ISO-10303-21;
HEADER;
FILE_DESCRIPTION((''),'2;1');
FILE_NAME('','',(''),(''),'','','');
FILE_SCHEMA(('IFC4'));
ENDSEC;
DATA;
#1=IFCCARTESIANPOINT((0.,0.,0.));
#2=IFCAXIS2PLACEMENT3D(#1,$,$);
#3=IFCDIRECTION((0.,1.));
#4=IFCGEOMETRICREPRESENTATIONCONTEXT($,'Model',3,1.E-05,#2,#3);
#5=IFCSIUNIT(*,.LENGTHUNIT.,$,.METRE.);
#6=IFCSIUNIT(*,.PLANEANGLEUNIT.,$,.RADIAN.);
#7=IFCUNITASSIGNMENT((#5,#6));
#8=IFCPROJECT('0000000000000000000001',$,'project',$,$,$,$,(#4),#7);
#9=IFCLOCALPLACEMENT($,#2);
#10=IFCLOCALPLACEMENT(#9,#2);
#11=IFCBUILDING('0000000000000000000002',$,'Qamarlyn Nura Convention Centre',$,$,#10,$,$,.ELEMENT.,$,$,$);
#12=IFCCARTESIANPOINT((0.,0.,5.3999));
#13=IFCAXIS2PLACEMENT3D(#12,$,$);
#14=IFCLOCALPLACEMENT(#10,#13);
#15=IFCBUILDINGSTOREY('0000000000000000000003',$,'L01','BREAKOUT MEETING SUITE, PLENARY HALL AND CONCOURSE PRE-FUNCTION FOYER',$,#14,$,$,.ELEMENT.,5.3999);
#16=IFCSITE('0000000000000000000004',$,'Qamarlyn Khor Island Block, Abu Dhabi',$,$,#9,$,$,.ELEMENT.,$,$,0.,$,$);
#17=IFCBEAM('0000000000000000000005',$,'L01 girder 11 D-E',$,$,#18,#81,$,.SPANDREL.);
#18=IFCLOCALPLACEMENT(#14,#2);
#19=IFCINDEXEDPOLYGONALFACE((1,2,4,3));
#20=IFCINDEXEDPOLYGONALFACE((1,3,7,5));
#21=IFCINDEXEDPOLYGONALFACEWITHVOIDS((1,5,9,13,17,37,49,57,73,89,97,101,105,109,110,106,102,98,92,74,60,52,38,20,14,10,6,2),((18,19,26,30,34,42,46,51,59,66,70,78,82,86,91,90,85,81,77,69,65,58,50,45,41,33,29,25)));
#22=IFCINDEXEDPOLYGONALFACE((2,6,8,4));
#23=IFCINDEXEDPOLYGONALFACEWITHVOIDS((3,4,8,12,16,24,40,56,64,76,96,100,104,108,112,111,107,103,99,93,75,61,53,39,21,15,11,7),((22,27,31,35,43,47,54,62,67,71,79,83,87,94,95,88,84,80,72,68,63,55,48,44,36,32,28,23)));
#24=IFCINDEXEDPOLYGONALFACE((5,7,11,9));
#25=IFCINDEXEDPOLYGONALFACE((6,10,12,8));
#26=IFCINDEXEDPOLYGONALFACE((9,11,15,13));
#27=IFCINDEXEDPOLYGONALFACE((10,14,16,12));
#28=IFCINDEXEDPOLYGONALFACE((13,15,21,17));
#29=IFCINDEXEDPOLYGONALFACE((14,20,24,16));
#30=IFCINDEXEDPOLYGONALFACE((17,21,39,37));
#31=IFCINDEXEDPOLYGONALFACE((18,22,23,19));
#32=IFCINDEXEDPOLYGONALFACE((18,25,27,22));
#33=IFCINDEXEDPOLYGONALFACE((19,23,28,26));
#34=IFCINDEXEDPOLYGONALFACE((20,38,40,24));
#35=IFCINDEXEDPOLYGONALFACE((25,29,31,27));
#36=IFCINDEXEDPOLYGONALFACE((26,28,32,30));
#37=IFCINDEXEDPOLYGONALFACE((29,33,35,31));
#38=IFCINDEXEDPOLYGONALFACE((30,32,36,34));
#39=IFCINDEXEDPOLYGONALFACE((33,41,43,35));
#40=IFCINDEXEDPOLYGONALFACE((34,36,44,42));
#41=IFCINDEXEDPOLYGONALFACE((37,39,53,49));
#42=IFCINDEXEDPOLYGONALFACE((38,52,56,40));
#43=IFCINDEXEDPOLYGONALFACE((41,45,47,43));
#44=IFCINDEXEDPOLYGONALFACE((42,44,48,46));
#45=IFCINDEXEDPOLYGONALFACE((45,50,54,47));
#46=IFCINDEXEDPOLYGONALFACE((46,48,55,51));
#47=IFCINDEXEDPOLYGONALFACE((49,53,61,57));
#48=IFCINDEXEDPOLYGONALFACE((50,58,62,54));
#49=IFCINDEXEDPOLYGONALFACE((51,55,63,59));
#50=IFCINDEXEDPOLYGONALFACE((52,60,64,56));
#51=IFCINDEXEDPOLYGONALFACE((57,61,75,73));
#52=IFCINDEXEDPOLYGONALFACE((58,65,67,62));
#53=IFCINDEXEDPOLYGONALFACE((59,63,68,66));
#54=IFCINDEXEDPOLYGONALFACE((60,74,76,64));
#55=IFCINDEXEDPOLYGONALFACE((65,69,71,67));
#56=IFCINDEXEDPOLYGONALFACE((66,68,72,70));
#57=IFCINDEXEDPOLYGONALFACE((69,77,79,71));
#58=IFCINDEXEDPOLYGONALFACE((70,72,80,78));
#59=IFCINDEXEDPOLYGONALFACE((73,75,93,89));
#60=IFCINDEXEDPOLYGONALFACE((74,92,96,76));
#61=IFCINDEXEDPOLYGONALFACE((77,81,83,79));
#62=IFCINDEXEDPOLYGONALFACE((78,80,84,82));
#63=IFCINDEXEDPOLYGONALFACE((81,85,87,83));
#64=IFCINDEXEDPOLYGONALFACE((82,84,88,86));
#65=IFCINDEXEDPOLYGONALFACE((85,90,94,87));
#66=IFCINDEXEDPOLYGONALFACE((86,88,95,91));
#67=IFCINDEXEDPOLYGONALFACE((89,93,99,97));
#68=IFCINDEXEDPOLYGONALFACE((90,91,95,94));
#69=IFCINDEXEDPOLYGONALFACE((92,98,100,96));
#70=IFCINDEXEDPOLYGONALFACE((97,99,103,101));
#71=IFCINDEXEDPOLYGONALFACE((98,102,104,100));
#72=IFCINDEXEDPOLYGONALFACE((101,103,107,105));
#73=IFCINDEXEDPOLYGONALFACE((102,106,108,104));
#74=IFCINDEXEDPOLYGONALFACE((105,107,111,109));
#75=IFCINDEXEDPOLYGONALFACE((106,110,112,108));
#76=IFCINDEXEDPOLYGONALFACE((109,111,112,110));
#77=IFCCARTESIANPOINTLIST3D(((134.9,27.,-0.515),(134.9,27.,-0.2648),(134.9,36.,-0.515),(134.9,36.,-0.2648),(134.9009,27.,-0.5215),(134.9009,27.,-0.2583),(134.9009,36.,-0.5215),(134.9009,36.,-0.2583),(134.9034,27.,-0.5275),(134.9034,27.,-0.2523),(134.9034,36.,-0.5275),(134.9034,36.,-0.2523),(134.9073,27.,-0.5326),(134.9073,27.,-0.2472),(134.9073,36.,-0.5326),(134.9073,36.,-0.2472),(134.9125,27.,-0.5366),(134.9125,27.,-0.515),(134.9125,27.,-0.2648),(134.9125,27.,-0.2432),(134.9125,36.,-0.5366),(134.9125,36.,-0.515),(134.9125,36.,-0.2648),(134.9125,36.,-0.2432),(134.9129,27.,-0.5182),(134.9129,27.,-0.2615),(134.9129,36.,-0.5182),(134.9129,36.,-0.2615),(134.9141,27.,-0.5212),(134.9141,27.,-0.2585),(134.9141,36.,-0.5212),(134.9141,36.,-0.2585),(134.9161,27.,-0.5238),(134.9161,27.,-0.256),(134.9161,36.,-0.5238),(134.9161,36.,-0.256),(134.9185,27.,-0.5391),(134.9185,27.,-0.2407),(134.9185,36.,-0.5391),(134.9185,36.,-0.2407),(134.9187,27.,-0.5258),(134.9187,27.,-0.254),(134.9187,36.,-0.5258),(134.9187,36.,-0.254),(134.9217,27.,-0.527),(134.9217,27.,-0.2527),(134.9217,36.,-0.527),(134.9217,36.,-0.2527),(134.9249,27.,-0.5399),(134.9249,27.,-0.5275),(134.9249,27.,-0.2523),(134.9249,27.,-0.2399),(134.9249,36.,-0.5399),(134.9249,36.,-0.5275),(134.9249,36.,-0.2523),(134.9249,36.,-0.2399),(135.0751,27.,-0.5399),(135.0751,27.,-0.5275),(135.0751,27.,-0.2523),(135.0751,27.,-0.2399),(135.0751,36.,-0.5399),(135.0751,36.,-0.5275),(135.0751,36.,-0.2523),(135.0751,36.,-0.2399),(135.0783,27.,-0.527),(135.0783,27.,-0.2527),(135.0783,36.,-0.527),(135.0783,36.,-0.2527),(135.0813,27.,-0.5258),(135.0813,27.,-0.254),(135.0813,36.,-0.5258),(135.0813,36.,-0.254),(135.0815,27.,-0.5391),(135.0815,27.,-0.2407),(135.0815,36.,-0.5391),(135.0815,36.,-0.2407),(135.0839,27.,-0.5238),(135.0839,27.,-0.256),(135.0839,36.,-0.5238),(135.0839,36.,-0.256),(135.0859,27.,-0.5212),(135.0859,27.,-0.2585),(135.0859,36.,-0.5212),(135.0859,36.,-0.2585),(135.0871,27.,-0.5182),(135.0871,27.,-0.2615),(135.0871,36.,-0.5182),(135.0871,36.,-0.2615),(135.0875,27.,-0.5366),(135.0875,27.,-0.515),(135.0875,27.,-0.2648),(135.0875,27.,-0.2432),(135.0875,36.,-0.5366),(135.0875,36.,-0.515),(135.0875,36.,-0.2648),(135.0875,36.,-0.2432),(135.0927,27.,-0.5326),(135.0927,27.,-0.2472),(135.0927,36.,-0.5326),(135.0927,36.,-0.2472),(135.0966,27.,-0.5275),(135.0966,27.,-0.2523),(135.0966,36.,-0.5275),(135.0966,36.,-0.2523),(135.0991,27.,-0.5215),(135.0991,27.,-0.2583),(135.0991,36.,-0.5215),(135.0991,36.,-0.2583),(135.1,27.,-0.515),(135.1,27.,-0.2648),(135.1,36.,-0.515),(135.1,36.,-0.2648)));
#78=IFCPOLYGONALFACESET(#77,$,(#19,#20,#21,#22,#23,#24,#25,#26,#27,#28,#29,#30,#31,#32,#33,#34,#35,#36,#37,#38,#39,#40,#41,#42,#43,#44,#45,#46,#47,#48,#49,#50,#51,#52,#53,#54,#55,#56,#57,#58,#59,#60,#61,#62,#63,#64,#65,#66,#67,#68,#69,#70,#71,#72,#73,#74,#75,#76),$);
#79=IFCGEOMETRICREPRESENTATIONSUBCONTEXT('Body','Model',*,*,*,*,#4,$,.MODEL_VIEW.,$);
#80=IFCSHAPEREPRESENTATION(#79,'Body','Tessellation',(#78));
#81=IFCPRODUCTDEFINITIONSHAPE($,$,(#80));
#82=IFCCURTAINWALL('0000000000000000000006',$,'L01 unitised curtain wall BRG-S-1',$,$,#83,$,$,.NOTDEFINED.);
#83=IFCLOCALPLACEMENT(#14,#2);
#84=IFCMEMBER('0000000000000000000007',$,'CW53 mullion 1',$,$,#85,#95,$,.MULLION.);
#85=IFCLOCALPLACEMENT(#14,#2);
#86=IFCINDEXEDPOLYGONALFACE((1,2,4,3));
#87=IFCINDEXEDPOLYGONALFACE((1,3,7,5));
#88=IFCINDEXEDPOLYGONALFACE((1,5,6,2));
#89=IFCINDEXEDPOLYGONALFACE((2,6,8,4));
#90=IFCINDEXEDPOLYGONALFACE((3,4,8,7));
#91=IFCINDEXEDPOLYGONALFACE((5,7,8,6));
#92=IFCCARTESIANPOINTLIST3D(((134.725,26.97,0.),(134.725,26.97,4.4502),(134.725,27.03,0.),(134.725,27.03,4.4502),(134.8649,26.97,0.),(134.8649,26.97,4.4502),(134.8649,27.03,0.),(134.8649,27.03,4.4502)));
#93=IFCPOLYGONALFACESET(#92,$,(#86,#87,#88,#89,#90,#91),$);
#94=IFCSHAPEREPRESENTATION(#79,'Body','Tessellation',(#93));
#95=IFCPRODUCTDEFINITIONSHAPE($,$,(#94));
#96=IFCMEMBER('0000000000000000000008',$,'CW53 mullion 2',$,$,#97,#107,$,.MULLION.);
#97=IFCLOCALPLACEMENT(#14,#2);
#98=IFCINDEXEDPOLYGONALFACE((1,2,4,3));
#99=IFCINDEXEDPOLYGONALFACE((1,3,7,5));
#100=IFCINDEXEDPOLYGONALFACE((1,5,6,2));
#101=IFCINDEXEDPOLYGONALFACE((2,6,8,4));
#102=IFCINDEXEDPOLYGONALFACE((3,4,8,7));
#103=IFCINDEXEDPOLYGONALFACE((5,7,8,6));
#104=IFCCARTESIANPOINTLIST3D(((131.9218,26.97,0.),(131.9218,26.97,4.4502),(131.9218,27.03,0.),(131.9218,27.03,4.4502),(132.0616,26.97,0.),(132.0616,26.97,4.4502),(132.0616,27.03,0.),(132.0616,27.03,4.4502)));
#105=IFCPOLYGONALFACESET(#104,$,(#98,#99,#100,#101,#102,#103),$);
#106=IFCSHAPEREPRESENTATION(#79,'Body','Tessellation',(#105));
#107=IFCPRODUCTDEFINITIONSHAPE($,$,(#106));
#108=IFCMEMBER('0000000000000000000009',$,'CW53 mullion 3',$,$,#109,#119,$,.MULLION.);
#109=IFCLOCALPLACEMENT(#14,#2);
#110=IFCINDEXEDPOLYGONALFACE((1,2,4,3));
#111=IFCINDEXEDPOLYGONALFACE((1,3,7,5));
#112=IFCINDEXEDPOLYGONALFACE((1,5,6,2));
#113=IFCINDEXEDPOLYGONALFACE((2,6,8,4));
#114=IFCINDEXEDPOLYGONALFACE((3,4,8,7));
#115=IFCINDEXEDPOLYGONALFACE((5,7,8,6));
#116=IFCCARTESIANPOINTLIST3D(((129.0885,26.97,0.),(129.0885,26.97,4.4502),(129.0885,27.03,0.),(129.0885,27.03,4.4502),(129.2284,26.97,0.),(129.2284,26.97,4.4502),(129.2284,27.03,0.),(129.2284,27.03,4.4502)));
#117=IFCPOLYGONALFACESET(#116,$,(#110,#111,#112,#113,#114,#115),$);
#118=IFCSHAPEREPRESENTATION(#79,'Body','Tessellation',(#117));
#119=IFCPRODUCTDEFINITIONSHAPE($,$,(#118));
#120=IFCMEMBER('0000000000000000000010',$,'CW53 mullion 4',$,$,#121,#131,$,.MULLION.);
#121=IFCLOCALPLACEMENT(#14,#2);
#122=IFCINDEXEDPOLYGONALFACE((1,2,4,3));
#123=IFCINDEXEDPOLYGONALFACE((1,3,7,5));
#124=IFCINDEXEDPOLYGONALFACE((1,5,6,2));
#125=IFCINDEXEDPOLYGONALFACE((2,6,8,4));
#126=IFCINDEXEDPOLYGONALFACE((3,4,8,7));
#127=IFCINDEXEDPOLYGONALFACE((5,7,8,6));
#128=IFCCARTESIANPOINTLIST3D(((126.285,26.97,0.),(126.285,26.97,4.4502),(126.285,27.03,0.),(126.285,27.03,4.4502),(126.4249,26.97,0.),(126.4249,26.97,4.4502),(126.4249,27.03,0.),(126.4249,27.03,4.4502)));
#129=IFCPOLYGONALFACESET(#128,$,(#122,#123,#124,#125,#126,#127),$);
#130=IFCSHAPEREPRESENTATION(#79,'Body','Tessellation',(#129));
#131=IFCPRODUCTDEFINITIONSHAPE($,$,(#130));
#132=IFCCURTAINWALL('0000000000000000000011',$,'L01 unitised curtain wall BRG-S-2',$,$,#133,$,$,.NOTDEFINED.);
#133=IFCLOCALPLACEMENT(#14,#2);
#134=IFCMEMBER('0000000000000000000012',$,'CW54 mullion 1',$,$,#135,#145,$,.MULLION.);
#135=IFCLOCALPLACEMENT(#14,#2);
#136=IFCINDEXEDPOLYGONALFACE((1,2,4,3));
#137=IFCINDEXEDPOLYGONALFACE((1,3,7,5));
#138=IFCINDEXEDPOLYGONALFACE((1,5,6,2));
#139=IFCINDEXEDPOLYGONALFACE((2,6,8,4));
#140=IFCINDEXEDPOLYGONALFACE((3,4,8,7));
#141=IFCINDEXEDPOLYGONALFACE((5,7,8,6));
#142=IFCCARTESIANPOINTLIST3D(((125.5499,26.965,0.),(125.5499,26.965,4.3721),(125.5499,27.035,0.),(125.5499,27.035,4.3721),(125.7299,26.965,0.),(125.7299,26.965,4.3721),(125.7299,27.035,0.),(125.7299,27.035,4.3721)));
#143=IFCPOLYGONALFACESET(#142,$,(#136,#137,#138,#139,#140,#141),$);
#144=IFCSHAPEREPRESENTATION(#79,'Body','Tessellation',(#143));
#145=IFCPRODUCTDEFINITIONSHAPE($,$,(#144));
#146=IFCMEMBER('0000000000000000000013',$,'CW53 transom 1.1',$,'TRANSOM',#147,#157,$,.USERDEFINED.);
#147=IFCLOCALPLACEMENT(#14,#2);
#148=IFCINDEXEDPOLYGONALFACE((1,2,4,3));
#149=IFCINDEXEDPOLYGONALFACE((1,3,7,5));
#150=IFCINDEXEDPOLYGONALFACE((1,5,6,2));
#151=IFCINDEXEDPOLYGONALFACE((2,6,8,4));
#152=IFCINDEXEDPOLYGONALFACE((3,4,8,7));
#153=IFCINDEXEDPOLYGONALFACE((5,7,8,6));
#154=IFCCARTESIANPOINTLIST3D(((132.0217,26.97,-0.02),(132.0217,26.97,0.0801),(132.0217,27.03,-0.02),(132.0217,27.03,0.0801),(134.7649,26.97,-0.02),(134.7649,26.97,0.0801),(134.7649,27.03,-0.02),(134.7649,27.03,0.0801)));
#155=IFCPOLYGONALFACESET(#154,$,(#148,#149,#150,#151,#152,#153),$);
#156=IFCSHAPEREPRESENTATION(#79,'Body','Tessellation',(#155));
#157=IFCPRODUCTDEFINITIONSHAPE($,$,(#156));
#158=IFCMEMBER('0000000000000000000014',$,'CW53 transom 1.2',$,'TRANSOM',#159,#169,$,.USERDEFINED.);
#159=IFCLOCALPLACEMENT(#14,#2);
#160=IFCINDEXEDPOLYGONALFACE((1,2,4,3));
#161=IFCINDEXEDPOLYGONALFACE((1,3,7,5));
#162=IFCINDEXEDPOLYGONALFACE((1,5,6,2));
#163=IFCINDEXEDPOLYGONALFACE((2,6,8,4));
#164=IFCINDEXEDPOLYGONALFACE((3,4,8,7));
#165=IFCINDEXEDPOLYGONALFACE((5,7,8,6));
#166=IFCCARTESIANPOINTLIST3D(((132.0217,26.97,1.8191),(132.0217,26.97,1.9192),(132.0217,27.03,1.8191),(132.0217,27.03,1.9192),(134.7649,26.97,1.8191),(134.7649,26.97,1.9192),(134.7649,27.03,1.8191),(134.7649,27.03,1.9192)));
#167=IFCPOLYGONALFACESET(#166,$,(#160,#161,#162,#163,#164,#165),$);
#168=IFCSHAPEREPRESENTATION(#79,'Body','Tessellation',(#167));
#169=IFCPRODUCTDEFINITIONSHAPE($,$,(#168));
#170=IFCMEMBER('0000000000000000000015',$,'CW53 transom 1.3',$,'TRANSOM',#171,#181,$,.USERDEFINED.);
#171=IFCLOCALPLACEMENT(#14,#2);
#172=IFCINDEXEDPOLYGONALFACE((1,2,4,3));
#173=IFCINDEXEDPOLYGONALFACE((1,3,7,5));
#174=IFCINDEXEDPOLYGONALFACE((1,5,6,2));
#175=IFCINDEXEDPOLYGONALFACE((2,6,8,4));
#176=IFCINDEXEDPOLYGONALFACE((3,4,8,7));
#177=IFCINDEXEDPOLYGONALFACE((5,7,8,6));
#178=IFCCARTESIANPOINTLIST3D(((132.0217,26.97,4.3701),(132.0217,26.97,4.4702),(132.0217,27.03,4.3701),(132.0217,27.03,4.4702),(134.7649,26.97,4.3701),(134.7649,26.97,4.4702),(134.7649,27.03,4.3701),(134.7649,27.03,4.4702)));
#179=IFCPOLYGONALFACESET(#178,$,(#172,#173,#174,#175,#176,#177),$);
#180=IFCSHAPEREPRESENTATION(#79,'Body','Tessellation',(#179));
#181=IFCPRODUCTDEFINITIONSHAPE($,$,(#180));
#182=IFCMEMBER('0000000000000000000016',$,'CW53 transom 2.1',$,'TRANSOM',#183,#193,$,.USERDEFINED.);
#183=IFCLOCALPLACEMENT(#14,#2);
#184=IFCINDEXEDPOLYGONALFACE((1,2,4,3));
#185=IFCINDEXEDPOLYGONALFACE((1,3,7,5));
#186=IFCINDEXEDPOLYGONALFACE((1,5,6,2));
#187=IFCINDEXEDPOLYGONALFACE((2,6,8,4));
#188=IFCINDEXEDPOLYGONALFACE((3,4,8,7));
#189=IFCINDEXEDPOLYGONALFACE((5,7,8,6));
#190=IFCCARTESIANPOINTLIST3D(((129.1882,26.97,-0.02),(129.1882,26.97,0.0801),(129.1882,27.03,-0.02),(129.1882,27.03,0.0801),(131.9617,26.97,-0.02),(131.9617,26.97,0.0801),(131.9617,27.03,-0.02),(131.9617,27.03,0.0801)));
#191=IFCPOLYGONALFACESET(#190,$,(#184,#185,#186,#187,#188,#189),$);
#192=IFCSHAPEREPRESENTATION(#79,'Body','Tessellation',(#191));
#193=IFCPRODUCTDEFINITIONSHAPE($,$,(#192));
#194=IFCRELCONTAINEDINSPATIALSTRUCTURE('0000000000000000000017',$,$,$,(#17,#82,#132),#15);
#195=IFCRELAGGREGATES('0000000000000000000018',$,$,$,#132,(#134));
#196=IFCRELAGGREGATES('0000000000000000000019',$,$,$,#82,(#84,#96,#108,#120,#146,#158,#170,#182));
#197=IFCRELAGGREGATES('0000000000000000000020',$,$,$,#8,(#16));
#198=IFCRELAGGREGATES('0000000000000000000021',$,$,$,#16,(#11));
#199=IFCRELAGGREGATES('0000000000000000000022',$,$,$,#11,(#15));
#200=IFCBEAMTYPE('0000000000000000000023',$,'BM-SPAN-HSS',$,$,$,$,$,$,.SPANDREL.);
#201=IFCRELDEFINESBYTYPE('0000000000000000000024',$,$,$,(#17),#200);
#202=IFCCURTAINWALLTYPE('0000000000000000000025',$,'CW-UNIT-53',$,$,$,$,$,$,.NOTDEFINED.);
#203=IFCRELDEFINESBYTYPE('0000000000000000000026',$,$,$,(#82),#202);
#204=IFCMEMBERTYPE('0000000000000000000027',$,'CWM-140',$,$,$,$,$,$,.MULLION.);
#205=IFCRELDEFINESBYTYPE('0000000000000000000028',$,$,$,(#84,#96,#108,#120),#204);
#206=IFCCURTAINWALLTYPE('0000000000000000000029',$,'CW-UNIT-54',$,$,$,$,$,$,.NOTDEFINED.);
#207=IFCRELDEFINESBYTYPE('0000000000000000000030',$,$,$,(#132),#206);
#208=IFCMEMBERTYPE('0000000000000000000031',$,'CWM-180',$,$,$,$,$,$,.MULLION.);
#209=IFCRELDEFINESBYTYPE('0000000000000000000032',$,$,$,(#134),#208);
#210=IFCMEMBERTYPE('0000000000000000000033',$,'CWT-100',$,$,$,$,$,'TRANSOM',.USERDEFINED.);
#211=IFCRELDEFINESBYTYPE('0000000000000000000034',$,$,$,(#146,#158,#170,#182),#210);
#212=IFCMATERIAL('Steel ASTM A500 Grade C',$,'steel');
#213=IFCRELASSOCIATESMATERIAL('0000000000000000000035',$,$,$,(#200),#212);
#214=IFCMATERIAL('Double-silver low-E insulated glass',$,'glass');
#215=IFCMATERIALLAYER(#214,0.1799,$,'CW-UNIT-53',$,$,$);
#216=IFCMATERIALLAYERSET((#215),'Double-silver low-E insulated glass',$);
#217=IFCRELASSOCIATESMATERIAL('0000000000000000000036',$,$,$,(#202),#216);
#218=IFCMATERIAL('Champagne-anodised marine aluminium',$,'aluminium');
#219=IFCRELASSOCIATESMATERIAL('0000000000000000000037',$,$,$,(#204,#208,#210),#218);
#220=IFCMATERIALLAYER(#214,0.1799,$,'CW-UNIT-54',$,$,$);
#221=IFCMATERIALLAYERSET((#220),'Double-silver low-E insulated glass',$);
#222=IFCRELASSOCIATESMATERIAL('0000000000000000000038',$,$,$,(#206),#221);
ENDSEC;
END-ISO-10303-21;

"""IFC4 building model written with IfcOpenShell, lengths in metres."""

from ifc_helpers import new_model, si_unit, direction, frame, origin, origin_2d, place, context, subcontext, project, spatial, rectangle, hollow_rectangle, extrude, material, layer, layer_set, material_profile, profile_set, type_object, element, aggregate, save


model = new_model("IFC4")

# Units and contexts
model_context = context("Model", 3, precision=1e-05, world=origin(), true_north=direction((0.0, 1.0)))
body_context = subcontext(model_context, "Body", "Model", "MODEL_VIEW")
ifc_project = project(units=[si_unit("LENGTHUNIT", "METRE"), si_unit("PLANEANGLEUNIT", "RADIAN")], contexts=[model_context])

# Site, building, storey
site_placement = place(None, origin())
site = spatial("IfcSite", under=ifc_project, at=site_placement, Name="Qamarlyn Khor Island Block, Abu Dhabi", CompositionType="ELEMENT", RefElevation=0.0)
building_placement = place(site_placement, origin())
building = spatial("IfcBuilding", under=site, at=building_placement, Name="Qamarlyn Nura Convention Centre", CompositionType="ELEMENT")
storey_placement = place(building_placement, frame((0.0, 0.0, 5.3999)))
storey = spatial("IfcBuildingStorey", under=building, at=storey_placement, Name="L01", Description="BREAKOUT MEETING SUITE, PLENARY HALL AND CONCOURSE PRE-FUNCTION FOYER", CompositionType="ELEMENT", Elevation=5.3999)

# Shared definitions
ifc_material_1 = material(Name="Steel ASTM A500 Grade C", Category="steel")

# Beam
ifc_material_profile_1 = material_profile(ifc_material_1, hollow_rectangle(XDim=0.2, YDim=0.3, WallThickness=0.0125, InnerFilletRadius=0.0125, OuterFilletRadius=0.0249, at=origin_2d()), Name="HSS300X200X12.5")
ifc_profile_set_1 = profile_set([ifc_material_profile_1], Name="Steel ASTM A500 Grade C")
beam_type_1 = type_object("IfcBeamType", Name="BM-SPAN-HSS", PredefinedType="SPANDREL", material=ifc_profile_set_1)
beam_1_placement = place(storey_placement, frame((135.0, 27.0, -0.3899), z_axis=(0.0, 1.0, 0.0), x_axis=(-1.0, 0.0, 0.0)))
element("IfcBeam", 1, at=beam_1_placement, inside=storey, type_object=beam_type_1, Name="L01 girder 11 D-E", PredefinedType="SPANDREL", context=body_context, shape_type="SweptSolid", body=[
    extrude(hollow_rectangle(XDim=0.2, YDim=0.3, WallThickness=0.0125, InnerFilletRadius=0.0125, OuterFilletRadius=0.0249, at=origin_2d()), origin(), (0.0, 0.0, 1.0), 9.0),
])

# Curtain wall, members
ifc_material_2 = material(Name="Double-silver low-E insulated glass", Category="glass")
ifc_layer_1 = layer(ifc_material_2, 0.1799, Name="CW-UNIT-53")
ifc_layer_set_1 = layer_set([ifc_layer_1], Name="Double-silver low-E insulated glass")
curtain_wall_type_1 = type_object("IfcCurtainWallType", Name="CW-UNIT-53", PredefinedType="NOTDEFINED", material=ifc_layer_set_1)
curtain_wall_1_placement = place(storey_placement, origin())
curtain_wall_1 = element("IfcCurtainWall", 2, at=curtain_wall_1_placement, inside=storey, type_object=curtain_wall_type_1, Name="L01 unitised curtain wall BRG-S-1", PredefinedType="NOTDEFINED")
ifc_material_3 = material(Name="Champagne-anodised marine aluminium", Category="aluminium")
ifc_material_profile_2 = material_profile(ifc_material_3, rectangle(XDim=0.0601, YDim=0.1399, at=origin_2d()), Name="ALU MULLION 60x140")
ifc_profile_set_2 = profile_set([ifc_material_profile_2], Name="Champagne-anodised marine aluminium")
member_type_1 = type_object("IfcMemberType", Name="CWM-140", PredefinedType="MULLION", material=ifc_profile_set_2)
member_1_placement = place(storey_placement, frame((134.7949, 27.0, 0.0), z_axis=(0.0, 0.0, 1.0), x_axis=(0.0, -1.0, 0.0)))
member_1 = element("IfcMember", 3, at=member_1_placement, type_object=member_type_1, Name="CW53 mullion 1", PredefinedType="MULLION", context=body_context, shape_type="SweptSolid", body=[
    extrude(rectangle(XDim=0.0601, YDim=0.1399, at=origin_2d()), origin(), (0.0, 0.0, 1.0), 4.4502),
])
member_2_placement = place(storey_placement, frame((131.9917, 27.0, 0.0), z_axis=(0.0, 0.0, 1.0), x_axis=(0.0, -1.0, 0.0)))
member_2 = element("IfcMember", 4, at=member_2_placement, type_object=member_type_1, Name="CW53 mullion 2", PredefinedType="MULLION", context=body_context, shape_type="SweptSolid", body=[
    extrude(rectangle(XDim=0.0601, YDim=0.1399, at=origin_2d()), origin(), (0.0, 0.0, 1.0), 4.4502),
])
member_3_placement = place(storey_placement, frame((129.1584, 27.0, 0.0), z_axis=(0.0, 0.0, 1.0), x_axis=(0.0, -1.0, 0.0)))
member_3 = element("IfcMember", 5, at=member_3_placement, type_object=member_type_1, Name="CW53 mullion 3", PredefinedType="MULLION", context=body_context, shape_type="SweptSolid", body=[
    extrude(rectangle(XDim=0.0601, YDim=0.1399, at=origin_2d()), origin(), (0.0, 0.0, 1.0), 4.4502),
])
member_4_placement = place(storey_placement, frame((126.355, 27.0, 0.0), z_axis=(0.0, 0.0, 1.0), x_axis=(0.0, -1.0, 0.0)))
member_4 = element("IfcMember", 6, at=member_4_placement, type_object=member_type_1, Name="CW53 mullion 4", PredefinedType="MULLION", context=body_context, shape_type="SweptSolid", body=[
    extrude(rectangle(XDim=0.0601, YDim=0.1399, at=origin_2d()), origin(), (0.0, 0.0, 1.0), 4.4502),
])

# Curtain wall, member
ifc_layer_2 = layer(ifc_material_2, 0.1799, Name="CW-UNIT-54")
ifc_layer_set_2 = layer_set([ifc_layer_2], Name="Double-silver low-E insulated glass")
curtain_wall_type_2 = type_object("IfcCurtainWallType", Name="CW-UNIT-54", PredefinedType="NOTDEFINED", material=ifc_layer_set_2)
curtain_wall_2_placement = place(storey_placement, origin())
curtain_wall_2 = element("IfcCurtainWall", 7, at=curtain_wall_2_placement, inside=storey, type_object=curtain_wall_type_2, Name="L01 unitised curtain wall BRG-S-2", PredefinedType="NOTDEFINED")
ifc_material_profile_3 = material_profile(ifc_material_3, rectangle(XDim=0.0701, YDim=0.1799, at=origin_2d()), Name="ALU MULLION 70x180")
ifc_profile_set_3 = profile_set([ifc_material_profile_3], Name="Champagne-anodised marine aluminium")
member_type_2 = type_object("IfcMemberType", Name="CWM-180", PredefinedType="MULLION", material=ifc_profile_set_3)
member_5_placement = place(storey_placement, frame((125.6399, 27.0, 0.0), z_axis=(0.0, 0.0, 1.0), x_axis=(0.0, -1.0, 0.0)))
member_5 = element("IfcMember", 8, at=member_5_placement, type_object=member_type_2, Name="CW54 mullion 1", PredefinedType="MULLION", context=body_context, shape_type="SweptSolid", body=[
    extrude(rectangle(XDim=0.0701, YDim=0.1799, at=origin_2d()), origin(), (0.0, 0.0, 1.0), 4.3721),
])

# Members
ifc_material_profile_4 = material_profile(ifc_material_3, rectangle(XDim=0.0601, YDim=0.1001, at=origin_2d()), Name="ALU TRANSOM 60x100")
ifc_profile_set_4 = profile_set([ifc_material_profile_4], Name="Champagne-anodised marine aluminium")
member_type_3 = type_object("IfcMemberType", Name="CWT-100", ElementType="TRANSOM", PredefinedType="USERDEFINED", material=ifc_profile_set_4)
member_6_placement = place(storey_placement, frame((134.7649, 27.0, 0.03), z_axis=(-1.0, 0.0, 0.0), x_axis=(0.0, -1.0, 0.0)))
member_6 = element("IfcMember", 9, at=member_6_placement, type_object=member_type_3, Name="CW53 transom 1.1", ObjectType="TRANSOM", PredefinedType="USERDEFINED", context=body_context, shape_type="SweptSolid", body=[
    extrude(rectangle(XDim=0.0601, YDim=0.1001, at=origin_2d()), origin(), (0.0, 0.0, 1.0), 2.7432),
])
member_7_placement = place(storey_placement, frame((134.7649, 27.0, 1.8691), z_axis=(-1.0, 0.0, 0.0), x_axis=(0.0, -1.0, 0.0)))
member_7 = element("IfcMember", 10, at=member_7_placement, type_object=member_type_3, Name="CW53 transom 1.2", ObjectType="TRANSOM", PredefinedType="USERDEFINED", context=body_context, shape_type="SweptSolid", body=[
    extrude(rectangle(XDim=0.0601, YDim=0.1001, at=origin_2d()), origin(), (0.0, 0.0, 1.0), 2.7432),
])
member_8_placement = place(storey_placement, frame((134.7649, 27.0, 4.4202), z_axis=(-1.0, 0.0, 0.0), x_axis=(0.0, -1.0, 0.0)))
member_8 = element("IfcMember", 11, at=member_8_placement, type_object=member_type_3, Name="CW53 transom 1.3", ObjectType="TRANSOM", PredefinedType="USERDEFINED", context=body_context, shape_type="SweptSolid", body=[
    extrude(rectangle(XDim=0.0601, YDim=0.1001, at=origin_2d()), origin(), (0.0, 0.0, 1.0), 2.7432),
])
member_9_placement = place(storey_placement, frame((131.9617, 27.0, 0.03), z_axis=(-1.0, 0.0, 0.0), x_axis=(0.0, -1.0, 0.0)))
member_9 = element("IfcMember", 12, at=member_9_placement, type_object=member_type_3, Name="CW53 transom 2.1", ObjectType="TRANSOM", PredefinedType="USERDEFINED", context=body_context, shape_type="SweptSolid", body=[
    extrude(rectangle(XDim=0.0601, YDim=0.1001, at=origin_2d()), origin(), (0.0, 0.0, 1.0), 2.7734),
])
aggregate(curtain_wall_2, [member_5])

aggregate(curtain_wall_1, [member_1, member_2, member_3, member_4, member_6, member_7, member_8, member_9])

save(model, "model.ifc")
